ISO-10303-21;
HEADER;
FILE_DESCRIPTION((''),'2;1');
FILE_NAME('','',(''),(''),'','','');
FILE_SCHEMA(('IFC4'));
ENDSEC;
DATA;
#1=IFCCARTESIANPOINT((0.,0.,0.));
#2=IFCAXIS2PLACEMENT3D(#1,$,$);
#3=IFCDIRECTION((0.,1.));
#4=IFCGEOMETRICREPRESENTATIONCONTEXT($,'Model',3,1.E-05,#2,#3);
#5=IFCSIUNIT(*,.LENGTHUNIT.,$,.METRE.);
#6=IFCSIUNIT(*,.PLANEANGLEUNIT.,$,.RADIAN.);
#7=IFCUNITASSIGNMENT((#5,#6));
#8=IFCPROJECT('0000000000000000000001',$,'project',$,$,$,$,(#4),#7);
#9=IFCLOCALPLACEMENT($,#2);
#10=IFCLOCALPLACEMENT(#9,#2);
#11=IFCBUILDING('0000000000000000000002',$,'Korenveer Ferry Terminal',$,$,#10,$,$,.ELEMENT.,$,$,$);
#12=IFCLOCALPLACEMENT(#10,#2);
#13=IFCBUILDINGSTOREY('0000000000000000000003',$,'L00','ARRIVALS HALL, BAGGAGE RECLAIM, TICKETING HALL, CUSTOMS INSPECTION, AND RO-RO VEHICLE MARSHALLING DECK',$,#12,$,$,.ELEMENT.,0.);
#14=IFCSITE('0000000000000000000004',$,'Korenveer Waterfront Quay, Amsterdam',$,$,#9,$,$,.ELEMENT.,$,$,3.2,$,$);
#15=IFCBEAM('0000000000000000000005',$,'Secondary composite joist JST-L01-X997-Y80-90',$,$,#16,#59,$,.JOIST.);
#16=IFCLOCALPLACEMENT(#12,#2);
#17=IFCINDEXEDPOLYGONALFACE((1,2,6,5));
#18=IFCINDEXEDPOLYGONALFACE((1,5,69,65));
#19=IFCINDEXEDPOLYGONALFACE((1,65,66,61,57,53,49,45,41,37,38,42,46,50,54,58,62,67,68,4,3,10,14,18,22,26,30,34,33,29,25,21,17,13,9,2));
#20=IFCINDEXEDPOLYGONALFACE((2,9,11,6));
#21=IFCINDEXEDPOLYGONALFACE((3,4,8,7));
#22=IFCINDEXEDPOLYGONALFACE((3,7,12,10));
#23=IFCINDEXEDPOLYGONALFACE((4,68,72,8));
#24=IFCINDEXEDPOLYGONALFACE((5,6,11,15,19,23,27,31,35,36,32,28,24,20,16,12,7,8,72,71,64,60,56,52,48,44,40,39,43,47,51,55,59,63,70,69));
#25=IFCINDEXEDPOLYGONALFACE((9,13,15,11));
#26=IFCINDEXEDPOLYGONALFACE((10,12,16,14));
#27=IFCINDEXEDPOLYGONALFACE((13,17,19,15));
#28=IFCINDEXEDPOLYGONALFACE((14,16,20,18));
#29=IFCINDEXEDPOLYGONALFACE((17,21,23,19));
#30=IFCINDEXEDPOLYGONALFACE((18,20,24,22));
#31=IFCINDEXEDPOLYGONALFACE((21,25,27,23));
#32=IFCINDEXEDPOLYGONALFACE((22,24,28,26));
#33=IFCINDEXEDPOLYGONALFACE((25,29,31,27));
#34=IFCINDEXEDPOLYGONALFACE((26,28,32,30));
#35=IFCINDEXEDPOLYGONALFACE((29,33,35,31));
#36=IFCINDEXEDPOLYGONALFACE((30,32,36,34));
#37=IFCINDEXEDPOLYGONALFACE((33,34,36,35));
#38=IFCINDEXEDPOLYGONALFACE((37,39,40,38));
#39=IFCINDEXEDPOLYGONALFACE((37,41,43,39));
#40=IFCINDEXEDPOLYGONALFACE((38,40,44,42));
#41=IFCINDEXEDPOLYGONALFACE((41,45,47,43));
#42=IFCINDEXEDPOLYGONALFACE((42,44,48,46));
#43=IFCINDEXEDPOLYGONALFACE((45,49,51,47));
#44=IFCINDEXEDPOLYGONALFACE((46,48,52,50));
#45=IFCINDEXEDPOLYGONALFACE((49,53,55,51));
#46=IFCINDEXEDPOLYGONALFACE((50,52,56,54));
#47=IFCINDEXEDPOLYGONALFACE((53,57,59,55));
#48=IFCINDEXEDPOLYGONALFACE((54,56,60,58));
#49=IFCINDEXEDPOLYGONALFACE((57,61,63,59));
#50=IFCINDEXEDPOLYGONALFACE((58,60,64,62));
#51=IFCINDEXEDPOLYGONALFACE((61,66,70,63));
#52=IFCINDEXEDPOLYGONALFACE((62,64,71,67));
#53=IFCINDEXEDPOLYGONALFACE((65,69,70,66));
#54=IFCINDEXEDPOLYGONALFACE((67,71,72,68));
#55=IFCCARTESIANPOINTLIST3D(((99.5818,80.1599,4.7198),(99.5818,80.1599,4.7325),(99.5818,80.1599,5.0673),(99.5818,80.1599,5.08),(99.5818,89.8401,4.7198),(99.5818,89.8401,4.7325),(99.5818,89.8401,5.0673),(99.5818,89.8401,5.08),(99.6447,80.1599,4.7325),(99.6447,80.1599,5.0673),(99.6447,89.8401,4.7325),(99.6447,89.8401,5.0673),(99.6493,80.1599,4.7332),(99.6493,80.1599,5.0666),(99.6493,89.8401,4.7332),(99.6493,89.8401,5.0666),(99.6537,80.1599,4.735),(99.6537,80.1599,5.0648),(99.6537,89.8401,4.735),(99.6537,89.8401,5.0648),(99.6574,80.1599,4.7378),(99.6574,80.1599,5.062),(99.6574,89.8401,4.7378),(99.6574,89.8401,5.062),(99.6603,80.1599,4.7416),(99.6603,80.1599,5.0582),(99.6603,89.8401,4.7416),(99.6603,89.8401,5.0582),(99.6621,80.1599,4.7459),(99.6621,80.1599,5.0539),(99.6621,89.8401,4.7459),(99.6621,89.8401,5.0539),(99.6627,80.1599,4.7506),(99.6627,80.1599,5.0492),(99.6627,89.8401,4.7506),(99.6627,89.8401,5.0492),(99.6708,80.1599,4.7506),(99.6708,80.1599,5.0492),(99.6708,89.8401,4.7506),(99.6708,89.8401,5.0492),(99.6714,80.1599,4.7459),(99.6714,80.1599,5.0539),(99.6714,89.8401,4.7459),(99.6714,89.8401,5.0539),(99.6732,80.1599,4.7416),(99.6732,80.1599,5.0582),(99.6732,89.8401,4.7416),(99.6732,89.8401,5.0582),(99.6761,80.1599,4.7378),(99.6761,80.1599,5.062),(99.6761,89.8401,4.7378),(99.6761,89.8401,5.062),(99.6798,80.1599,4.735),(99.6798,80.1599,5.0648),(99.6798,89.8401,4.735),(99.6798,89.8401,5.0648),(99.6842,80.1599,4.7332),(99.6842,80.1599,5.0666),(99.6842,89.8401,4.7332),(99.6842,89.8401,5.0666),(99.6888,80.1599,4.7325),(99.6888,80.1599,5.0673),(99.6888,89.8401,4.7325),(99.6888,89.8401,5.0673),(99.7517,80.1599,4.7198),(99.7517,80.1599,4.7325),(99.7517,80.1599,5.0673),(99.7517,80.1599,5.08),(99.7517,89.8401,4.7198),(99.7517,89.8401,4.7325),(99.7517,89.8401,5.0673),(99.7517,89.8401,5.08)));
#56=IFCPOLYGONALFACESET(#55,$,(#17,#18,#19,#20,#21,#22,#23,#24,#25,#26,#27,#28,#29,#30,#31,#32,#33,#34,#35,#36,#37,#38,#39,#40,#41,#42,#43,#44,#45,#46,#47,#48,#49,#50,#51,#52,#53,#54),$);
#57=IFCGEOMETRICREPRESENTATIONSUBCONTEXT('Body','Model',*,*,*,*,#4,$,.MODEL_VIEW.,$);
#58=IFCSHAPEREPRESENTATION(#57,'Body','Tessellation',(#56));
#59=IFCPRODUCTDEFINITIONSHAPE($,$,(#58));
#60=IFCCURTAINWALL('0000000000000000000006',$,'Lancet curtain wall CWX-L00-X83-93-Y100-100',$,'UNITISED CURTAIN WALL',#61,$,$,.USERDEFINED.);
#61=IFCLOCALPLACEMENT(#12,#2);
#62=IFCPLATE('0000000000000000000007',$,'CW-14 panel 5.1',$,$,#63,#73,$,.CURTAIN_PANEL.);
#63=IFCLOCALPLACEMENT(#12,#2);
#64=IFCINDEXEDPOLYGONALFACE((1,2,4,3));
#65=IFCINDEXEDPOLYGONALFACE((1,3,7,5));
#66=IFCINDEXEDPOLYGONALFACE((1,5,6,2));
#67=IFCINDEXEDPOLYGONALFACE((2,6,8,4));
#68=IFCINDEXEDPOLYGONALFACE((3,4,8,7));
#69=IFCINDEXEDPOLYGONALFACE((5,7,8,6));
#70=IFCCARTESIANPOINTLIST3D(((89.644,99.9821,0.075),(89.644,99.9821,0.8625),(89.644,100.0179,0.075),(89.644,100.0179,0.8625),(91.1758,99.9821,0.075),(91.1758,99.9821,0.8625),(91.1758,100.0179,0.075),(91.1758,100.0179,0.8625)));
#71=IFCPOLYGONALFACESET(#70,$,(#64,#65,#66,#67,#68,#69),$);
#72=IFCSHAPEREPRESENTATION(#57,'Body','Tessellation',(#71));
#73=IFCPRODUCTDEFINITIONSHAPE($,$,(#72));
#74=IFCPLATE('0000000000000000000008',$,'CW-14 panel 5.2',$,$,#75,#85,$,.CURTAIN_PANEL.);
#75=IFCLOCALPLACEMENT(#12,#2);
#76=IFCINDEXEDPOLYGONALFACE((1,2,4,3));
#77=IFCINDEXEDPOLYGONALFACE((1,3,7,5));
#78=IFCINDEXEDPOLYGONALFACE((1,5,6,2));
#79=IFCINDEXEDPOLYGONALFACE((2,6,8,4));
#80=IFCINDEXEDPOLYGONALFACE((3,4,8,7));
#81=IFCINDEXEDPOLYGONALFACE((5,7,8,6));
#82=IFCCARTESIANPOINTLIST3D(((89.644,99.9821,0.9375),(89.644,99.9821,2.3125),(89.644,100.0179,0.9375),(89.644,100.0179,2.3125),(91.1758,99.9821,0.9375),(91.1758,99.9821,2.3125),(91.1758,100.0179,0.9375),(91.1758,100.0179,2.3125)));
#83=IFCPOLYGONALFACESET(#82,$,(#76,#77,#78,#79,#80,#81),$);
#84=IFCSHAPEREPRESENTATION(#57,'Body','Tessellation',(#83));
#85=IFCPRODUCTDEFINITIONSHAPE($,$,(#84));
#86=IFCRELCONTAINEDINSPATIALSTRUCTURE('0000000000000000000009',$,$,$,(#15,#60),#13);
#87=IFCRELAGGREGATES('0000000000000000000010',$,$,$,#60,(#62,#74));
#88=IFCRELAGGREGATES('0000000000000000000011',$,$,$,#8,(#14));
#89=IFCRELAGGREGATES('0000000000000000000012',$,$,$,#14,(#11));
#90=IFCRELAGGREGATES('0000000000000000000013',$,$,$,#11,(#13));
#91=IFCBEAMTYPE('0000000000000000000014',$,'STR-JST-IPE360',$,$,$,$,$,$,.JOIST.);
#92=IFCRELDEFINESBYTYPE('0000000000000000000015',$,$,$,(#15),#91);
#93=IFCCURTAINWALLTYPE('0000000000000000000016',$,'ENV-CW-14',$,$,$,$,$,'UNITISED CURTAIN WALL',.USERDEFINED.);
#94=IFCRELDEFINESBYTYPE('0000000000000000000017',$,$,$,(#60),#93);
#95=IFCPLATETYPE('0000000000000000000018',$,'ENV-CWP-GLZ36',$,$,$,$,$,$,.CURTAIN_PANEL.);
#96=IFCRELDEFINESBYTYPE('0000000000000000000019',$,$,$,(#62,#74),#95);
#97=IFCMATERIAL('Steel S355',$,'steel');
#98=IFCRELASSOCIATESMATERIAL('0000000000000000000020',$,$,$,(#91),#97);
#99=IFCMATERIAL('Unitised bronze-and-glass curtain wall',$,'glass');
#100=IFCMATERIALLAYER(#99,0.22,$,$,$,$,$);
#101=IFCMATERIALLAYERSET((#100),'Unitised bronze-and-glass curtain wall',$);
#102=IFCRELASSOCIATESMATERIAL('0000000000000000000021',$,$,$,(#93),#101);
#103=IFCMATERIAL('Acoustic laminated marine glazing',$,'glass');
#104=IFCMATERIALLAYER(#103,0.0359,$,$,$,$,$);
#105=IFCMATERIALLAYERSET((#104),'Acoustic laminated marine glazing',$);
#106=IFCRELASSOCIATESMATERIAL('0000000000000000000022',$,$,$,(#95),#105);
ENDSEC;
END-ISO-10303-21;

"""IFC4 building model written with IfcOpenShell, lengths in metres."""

from ifc_helpers import new_model, si_unit, direction, frame, origin, origin_2d, place, context, subcontext, project, spatial, rectangle, i_section, extrude, material, layer, layer_set, material_profile, profile_set, type_object, element, aggregate, save


model = new_model("IFC4")

# Units and contexts
model_context = context("Model", 3, precision=1e-05, world=origin(), true_north=direction((0.0, 1.0)))
body_context = subcontext(model_context, "Body", "Model", "MODEL_VIEW")
ifc_project = project(units=[si_unit("LENGTHUNIT", "METRE"), si_unit("PLANEANGLEUNIT", "RADIAN")], contexts=[model_context])

# Site, building, storey
site_placement = place(None, origin())
site = spatial("IfcSite", under=ifc_project, at=site_placement, Name="Korenveer Waterfront Quay, Amsterdam", CompositionType="ELEMENT", RefElevation=3.2)
building_placement = place(site_placement, origin())
building = spatial("IfcBuilding", under=site, at=building_placement, Name="Korenveer Ferry Terminal", CompositionType="ELEMENT")
storey_placement = place(building_placement, origin())
storey = spatial("IfcBuildingStorey", under=building, at=storey_placement, Name="L00", Description="ARRIVALS HALL, BAGGAGE RECLAIM, TICKETING HALL, CUSTOMS INSPECTION, AND RO-RO VEHICLE MARSHALLING DECK", CompositionType="ELEMENT", Elevation=0.0)

# Shared definitions
ifc_material_1 = material(Name="Steel S355", Category="steel")

# Beam
ifc_material_profile_1 = material_profile(ifc_material_1, i_section(OverallWidth=0.1699, OverallDepth=0.3601, WebThickness=0.0081, FlangeThickness=0.0127, FilletRadius=0.0181, at=origin_2d()), Name="IPE 360")
ifc_profile_set_1 = profile_set([ifc_material_profile_1], Name="Steel S355")
beam_type_1 = type_object("IfcBeamType", Name="STR-JST-IPE360", PredefinedType="JOIST", material=ifc_profile_set_1)
for number, where, z_axis, x_axis, name in (
    (1, (99.6667, 80.1599, 4.8999), (0.0, 1.0, 0.0), (-1.0, 0.0, 0.0), "Secondary composite joist JST-L01-X997-Y80-90"),
):
    element("IfcBeam", number, at=place(storey_placement, frame(where, z_axis=z_axis, x_axis=x_axis)), inside=storey, type_object=beam_type_1, Name=name, PredefinedType="JOIST", context=body_context, shape_type="SweptSolid", body=[
        extrude(i_section(OverallWidth=0.1699, OverallDepth=0.3601, WebThickness=0.0081, FlangeThickness=0.0127, FilletRadius=0.0181, at=origin_2d()), origin(), (0.0, 0.0, 1.0), 9.6802),
    ])

# Curtain wall, plates
ifc_material_2 = material(Name="Unitised bronze-and-glass curtain wall", Category="glass")
ifc_layer_1 = layer(ifc_material_2, 0.22)
ifc_layer_set_1 = layer_set([ifc_layer_1], Name="Unitised bronze-and-glass curtain wall")
curtain_wall_type = type_object("IfcCurtainWallType", Name="ENV-CW-14", ElementType="UNITISED CURTAIN WALL", PredefinedType="USERDEFINED", material=ifc_layer_set_1)
curtain_wall_placement = place(storey_placement, frame((83.1799, 100.0, 0.0)))
curtain_wall = element("IfcCurtainWall", 2, at=curtain_wall_placement, inside=storey, type_object=curtain_wall_type, Name="Lancet curtain wall CWX-L00-X83-93-Y100-100", ObjectType="UNITISED CURTAIN WALL", PredefinedType="USERDEFINED")
ifc_material_3 = material(Name="Acoustic laminated marine glazing", Category="glass")
ifc_layer_2 = layer(ifc_material_3, 0.0359)
ifc_layer_set_2 = layer_set([ifc_layer_2], Name="Acoustic laminated marine glazing")
plate_type = type_object("IfcPlateType", Name="ENV-CWP-GLZ36", PredefinedType="CURTAIN_PANEL", material=ifc_layer_set_2)
plate_1_placement = place(storey_placement, frame((90.4099, 100.0, 0.075), z_axis=(0.0, 0.0, 1.0), x_axis=(1.0, 0.0, 0.0)))
plate_1 = element("IfcPlate", 3, at=plate_1_placement, type_object=plate_type, Name="CW-14 panel 5.1", PredefinedType="CURTAIN_PANEL", context=body_context, shape_type="SweptSolid", body=[
    extrude(rectangle(XDim=1.5317, YDim=0.0359, at=origin_2d()), origin(), (0.0, 0.0, 1.0), 0.7876),
])
plate_2_placement = place(storey_placement, frame((90.4099, 100.0, 0.9375), z_axis=(0.0, 0.0, 1.0), x_axis=(1.0, 0.0, 0.0)))
plate_2 = element("IfcPlate", 4, at=plate_2_placement, type_object=plate_type, Name="CW-14 panel 5.2", PredefinedType="CURTAIN_PANEL", context=body_context, shape_type="SweptSolid", body=[
    extrude(rectangle(XDim=1.5317, YDim=0.0359, at=origin_2d()), origin(), (0.0, 0.0, 1.0), 1.375),
])
aggregate(curtain_wall, [plate_1, plate_2])

save(model, "model.ifc")
